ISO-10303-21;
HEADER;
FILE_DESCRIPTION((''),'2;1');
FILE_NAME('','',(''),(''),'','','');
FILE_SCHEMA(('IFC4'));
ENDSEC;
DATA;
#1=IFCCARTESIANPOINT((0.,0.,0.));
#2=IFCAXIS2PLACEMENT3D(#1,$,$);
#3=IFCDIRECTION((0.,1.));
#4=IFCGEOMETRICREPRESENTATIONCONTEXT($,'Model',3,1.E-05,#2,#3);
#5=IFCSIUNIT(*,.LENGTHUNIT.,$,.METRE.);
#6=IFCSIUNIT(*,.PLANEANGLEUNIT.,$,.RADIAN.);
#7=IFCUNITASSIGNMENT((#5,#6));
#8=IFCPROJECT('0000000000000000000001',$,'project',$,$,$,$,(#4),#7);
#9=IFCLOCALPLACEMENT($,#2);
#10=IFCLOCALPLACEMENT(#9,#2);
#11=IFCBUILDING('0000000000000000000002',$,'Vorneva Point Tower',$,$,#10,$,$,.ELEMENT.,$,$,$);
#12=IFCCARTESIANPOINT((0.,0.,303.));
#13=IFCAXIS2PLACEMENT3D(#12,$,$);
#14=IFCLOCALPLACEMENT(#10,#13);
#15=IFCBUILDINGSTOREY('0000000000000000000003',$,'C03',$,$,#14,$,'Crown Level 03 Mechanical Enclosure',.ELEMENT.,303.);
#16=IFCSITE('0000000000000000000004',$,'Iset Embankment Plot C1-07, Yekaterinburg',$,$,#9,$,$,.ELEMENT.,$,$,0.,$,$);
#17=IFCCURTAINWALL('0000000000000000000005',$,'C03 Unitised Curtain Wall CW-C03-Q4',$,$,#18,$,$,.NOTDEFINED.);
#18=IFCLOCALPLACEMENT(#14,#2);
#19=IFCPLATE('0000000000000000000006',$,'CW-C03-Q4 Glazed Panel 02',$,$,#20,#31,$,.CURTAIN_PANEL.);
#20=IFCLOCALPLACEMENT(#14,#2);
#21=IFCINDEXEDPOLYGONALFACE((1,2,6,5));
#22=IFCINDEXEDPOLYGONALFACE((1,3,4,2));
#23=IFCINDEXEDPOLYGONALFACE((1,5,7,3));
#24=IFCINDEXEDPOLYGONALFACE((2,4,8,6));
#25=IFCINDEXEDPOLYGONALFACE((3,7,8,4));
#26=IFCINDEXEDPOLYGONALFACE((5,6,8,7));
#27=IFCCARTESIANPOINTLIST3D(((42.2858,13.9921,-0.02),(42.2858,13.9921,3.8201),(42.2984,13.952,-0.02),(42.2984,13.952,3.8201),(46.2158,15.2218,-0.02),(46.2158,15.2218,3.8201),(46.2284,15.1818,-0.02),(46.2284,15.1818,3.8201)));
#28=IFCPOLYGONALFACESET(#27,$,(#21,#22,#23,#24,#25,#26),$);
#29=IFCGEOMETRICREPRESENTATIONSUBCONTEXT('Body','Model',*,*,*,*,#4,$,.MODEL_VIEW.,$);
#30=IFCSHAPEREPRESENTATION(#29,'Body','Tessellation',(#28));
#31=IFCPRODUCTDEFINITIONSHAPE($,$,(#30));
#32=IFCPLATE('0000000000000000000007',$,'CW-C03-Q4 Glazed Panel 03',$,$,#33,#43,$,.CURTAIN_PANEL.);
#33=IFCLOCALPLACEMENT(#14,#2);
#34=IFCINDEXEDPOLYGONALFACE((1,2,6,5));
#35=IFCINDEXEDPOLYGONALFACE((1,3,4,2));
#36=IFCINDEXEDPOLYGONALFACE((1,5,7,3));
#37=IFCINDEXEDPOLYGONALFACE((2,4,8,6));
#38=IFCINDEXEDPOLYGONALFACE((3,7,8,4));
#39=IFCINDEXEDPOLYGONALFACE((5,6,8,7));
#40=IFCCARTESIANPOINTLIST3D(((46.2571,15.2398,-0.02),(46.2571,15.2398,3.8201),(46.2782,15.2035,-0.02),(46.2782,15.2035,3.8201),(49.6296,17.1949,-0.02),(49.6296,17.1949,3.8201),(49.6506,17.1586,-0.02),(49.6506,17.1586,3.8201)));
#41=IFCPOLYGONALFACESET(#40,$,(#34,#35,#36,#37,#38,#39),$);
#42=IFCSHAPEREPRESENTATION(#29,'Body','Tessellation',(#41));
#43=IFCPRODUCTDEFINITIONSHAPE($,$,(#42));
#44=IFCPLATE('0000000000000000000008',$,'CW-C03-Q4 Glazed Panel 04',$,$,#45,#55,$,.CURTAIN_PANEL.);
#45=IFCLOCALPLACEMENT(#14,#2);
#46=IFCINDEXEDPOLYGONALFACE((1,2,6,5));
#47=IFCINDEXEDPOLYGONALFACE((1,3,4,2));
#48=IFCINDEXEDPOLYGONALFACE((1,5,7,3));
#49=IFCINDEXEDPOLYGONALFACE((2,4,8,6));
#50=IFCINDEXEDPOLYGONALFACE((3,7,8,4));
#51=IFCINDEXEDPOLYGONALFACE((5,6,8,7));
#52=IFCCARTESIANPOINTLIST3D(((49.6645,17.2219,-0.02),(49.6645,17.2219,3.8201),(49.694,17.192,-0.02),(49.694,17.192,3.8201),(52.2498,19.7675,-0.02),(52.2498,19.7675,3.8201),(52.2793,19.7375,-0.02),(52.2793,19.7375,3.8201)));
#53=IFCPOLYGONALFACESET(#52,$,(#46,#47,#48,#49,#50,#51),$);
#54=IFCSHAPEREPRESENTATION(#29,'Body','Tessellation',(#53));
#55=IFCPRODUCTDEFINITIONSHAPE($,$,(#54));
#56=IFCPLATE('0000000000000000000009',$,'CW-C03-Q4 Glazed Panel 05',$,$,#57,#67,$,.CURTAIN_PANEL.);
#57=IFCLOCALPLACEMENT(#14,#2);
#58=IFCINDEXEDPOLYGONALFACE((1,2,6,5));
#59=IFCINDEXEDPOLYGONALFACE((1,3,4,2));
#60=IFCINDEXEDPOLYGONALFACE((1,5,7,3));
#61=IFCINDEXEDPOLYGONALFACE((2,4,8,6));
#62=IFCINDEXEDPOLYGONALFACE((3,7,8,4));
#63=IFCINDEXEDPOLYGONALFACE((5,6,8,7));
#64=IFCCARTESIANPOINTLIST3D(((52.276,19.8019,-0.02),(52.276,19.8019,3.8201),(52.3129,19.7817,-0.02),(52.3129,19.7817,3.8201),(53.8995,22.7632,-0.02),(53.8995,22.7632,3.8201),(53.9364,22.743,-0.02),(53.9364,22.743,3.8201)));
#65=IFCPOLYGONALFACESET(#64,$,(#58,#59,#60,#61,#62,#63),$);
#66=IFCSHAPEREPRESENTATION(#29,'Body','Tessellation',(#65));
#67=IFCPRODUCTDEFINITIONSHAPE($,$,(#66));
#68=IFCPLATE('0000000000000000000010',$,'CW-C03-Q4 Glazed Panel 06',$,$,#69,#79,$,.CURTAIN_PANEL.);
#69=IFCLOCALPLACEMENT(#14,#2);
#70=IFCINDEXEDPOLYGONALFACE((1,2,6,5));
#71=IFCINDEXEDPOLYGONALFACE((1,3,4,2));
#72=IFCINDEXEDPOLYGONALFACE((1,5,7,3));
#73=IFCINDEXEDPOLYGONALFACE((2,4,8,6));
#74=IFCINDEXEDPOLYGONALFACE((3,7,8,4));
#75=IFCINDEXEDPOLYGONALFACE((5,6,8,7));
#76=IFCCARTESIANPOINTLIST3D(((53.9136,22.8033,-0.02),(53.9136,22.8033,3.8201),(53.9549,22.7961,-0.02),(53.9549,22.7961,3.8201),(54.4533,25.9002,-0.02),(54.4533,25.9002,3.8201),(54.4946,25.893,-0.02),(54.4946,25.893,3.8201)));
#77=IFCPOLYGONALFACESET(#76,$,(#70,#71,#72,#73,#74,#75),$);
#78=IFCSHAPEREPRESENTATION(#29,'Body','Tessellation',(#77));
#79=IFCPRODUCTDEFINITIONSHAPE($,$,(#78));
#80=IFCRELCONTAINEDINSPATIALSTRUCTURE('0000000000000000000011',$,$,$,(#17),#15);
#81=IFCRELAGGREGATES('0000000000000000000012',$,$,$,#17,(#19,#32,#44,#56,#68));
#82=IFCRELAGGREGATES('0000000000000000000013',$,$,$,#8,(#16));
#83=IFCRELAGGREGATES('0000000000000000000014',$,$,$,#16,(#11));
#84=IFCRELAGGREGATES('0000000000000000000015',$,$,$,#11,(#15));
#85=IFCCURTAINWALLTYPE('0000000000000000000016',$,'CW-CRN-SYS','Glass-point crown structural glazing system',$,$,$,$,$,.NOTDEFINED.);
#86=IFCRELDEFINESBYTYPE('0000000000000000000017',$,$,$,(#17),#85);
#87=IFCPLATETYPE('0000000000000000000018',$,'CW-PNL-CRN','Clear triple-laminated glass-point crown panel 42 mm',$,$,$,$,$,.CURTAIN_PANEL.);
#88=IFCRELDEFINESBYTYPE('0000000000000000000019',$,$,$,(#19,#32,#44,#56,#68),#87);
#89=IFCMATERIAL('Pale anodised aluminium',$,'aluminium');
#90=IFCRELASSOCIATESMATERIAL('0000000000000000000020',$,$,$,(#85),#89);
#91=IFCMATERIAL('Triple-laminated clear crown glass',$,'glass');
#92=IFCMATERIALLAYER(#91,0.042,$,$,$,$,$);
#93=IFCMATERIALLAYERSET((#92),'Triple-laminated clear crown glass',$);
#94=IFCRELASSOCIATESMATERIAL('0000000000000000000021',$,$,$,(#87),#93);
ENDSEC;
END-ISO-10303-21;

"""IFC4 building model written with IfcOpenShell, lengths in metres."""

from ifc_helpers import new_model, si_unit, direction, frame, origin, origin_2d, place, context, subcontext, project, spatial, rectangle, extrude, material, layer, layer_set, type_object, element, aggregate, save


model = new_model("IFC4")

# Units and contexts
model_context = context("Model", 3, precision=1e-05, world=origin(), true_north=direction((0.0, 1.0)))
body_context = subcontext(model_context, "Body", "Model", "MODEL_VIEW")
ifc_project = project(units=[si_unit("LENGTHUNIT", "METRE"), si_unit("PLANEANGLEUNIT", "RADIAN")], contexts=[model_context])

# Site, building, storey
site_placement = place(None, origin())
site = spatial("IfcSite", under=ifc_project, at=site_placement, Name="Iset Embankment Plot C1-07, Yekaterinburg", CompositionType="ELEMENT", RefElevation=0.0)
building_placement = place(site_placement, origin())
building = spatial("IfcBuilding", under=site, at=building_placement, Name="Vorneva Point Tower", CompositionType="ELEMENT")
storey_placement = place(building_placement, frame((0.0, 0.0, 303.0)))
storey = spatial("IfcBuildingStorey", under=building, at=storey_placement, Name="C03", LongName="Crown Level 03 Mechanical Enclosure", CompositionType="ELEMENT", Elevation=303.0)

# Curtain wall
ifc_material_1 = material(Name="Pale anodised aluminium", Category="aluminium")
curtain_wall_type = type_object("IfcCurtainWallType", Name="CW-CRN-SYS", Description="Glass-point crown structural glazing system", PredefinedType="NOTDEFINED", material=ifc_material_1)
curtain_wall_placement = place(storey_placement, origin())
curtain_wall = element("IfcCurtainWall", 1, at=curtain_wall_placement, inside=storey, type_object=curtain_wall_type, Name="C03 Unitised Curtain Wall CW-C03-Q4", PredefinedType="NOTDEFINED")

# Plates
ifc_material_2 = material(Name="Triple-laminated clear crown glass", Category="glass")
ifc_layer = layer(ifc_material_2, 0.042)
ifc_layer_set = layer_set([ifc_layer], Name="Triple-laminated clear crown glass")
plate_type = type_object("IfcPlateType", Name="CW-PNL-CRN", Description="Clear triple-laminated glass-point crown panel 42 mm", PredefinedType="CURTAIN_PANEL", material=ifc_layer_set)
plate_1_placement = place(storey_placement, frame((44.2571, 14.5869, -0.02), z_axis=(0.0, 0.0, 1.0), x_axis=(0.954366, 0.298641, 0.0)))
plate_1 = element("IfcPlate", 2, at=plate_1_placement, type_object=plate_type, Name="CW-C03-Q4 Glazed Panel 02", PredefinedType="CURTAIN_PANEL", context=body_context, shape_type="SweptSolid", body=[
    extrude(rectangle(XDim=4.1179, YDim=0.042, at=origin_2d()), origin(), (0.0, 0.0, 1.0), 3.8401),
])
plate_2_placement = place(storey_placement, frame((47.9539, 16.1992, -0.02), z_axis=(0.0, 0.0, 1.0), x_axis=(0.865134, 0.501541, 0.0)))
plate_2 = element("IfcPlate", 3, at=plate_2_placement, type_object=plate_type, Name="CW-C03-Q4 Glazed Panel 03", PredefinedType="CURTAIN_PANEL", context=body_context, shape_type="SweptSolid", body=[
    extrude(rectangle(XDim=3.8982, YDim=0.042, at=origin_2d()), origin(), (0.0, 0.0, 1.0), 3.8401),
])
plate_3_placement = place(storey_placement, frame((50.9719, 18.4797, -0.02), z_axis=(0.0, 0.0, 1.0), x_axis=(0.712565, 0.701606, 0.0)))
plate_3 = element("IfcPlate", 4, at=plate_3_placement, type_object=plate_type, Name="CW-C03-Q4 Glazed Panel 04", PredefinedType="CURTAIN_PANEL", context=body_context, shape_type="SweptSolid", body=[
    extrude(rectangle(XDim=3.6282, YDim=0.042, at=origin_2d()), origin(), (0.0, 0.0, 1.0), 3.8401),
])
plate_4_placement = place(storey_placement, frame((53.1062, 21.2725, -0.02), z_axis=(0.0, 0.0, 1.0), x_axis=(0.480729, 0.876869, 0.0)))
plate_4 = element("IfcPlate", 5, at=plate_4_placement, type_object=plate_type, Name="CW-C03-Q4 Glazed Panel 05", PredefinedType="CURTAIN_PANEL", context=body_context, shape_type="SweptSolid", body=[
    extrude(rectangle(XDim=3.3772, YDim=0.042, at=origin_2d()), origin(), (0.0, 0.0, 1.0), 3.8401),
])
plate_5_placement = place(storey_placement, frame((54.2041, 24.3481, -0.02), z_axis=(0.0, 0.0, 1.0), x_axis=(0.171688, 0.985151, 0.0)))
plate_5 = element("IfcPlate", 6, at=plate_5_placement, type_object=plate_type, Name="CW-C03-Q4 Glazed Panel 06", PredefinedType="CURTAIN_PANEL", context=body_context, shape_type="SweptSolid", body=[
    extrude(rectangle(XDim=3.1436, YDim=0.042, at=origin_2d()), origin(), (0.0, 0.0, 1.0), 3.8401),
])
aggregate(curtain_wall, [plate_1, plate_2, plate_3, plate_4, plate_5])

save(model, "model.ifc")
